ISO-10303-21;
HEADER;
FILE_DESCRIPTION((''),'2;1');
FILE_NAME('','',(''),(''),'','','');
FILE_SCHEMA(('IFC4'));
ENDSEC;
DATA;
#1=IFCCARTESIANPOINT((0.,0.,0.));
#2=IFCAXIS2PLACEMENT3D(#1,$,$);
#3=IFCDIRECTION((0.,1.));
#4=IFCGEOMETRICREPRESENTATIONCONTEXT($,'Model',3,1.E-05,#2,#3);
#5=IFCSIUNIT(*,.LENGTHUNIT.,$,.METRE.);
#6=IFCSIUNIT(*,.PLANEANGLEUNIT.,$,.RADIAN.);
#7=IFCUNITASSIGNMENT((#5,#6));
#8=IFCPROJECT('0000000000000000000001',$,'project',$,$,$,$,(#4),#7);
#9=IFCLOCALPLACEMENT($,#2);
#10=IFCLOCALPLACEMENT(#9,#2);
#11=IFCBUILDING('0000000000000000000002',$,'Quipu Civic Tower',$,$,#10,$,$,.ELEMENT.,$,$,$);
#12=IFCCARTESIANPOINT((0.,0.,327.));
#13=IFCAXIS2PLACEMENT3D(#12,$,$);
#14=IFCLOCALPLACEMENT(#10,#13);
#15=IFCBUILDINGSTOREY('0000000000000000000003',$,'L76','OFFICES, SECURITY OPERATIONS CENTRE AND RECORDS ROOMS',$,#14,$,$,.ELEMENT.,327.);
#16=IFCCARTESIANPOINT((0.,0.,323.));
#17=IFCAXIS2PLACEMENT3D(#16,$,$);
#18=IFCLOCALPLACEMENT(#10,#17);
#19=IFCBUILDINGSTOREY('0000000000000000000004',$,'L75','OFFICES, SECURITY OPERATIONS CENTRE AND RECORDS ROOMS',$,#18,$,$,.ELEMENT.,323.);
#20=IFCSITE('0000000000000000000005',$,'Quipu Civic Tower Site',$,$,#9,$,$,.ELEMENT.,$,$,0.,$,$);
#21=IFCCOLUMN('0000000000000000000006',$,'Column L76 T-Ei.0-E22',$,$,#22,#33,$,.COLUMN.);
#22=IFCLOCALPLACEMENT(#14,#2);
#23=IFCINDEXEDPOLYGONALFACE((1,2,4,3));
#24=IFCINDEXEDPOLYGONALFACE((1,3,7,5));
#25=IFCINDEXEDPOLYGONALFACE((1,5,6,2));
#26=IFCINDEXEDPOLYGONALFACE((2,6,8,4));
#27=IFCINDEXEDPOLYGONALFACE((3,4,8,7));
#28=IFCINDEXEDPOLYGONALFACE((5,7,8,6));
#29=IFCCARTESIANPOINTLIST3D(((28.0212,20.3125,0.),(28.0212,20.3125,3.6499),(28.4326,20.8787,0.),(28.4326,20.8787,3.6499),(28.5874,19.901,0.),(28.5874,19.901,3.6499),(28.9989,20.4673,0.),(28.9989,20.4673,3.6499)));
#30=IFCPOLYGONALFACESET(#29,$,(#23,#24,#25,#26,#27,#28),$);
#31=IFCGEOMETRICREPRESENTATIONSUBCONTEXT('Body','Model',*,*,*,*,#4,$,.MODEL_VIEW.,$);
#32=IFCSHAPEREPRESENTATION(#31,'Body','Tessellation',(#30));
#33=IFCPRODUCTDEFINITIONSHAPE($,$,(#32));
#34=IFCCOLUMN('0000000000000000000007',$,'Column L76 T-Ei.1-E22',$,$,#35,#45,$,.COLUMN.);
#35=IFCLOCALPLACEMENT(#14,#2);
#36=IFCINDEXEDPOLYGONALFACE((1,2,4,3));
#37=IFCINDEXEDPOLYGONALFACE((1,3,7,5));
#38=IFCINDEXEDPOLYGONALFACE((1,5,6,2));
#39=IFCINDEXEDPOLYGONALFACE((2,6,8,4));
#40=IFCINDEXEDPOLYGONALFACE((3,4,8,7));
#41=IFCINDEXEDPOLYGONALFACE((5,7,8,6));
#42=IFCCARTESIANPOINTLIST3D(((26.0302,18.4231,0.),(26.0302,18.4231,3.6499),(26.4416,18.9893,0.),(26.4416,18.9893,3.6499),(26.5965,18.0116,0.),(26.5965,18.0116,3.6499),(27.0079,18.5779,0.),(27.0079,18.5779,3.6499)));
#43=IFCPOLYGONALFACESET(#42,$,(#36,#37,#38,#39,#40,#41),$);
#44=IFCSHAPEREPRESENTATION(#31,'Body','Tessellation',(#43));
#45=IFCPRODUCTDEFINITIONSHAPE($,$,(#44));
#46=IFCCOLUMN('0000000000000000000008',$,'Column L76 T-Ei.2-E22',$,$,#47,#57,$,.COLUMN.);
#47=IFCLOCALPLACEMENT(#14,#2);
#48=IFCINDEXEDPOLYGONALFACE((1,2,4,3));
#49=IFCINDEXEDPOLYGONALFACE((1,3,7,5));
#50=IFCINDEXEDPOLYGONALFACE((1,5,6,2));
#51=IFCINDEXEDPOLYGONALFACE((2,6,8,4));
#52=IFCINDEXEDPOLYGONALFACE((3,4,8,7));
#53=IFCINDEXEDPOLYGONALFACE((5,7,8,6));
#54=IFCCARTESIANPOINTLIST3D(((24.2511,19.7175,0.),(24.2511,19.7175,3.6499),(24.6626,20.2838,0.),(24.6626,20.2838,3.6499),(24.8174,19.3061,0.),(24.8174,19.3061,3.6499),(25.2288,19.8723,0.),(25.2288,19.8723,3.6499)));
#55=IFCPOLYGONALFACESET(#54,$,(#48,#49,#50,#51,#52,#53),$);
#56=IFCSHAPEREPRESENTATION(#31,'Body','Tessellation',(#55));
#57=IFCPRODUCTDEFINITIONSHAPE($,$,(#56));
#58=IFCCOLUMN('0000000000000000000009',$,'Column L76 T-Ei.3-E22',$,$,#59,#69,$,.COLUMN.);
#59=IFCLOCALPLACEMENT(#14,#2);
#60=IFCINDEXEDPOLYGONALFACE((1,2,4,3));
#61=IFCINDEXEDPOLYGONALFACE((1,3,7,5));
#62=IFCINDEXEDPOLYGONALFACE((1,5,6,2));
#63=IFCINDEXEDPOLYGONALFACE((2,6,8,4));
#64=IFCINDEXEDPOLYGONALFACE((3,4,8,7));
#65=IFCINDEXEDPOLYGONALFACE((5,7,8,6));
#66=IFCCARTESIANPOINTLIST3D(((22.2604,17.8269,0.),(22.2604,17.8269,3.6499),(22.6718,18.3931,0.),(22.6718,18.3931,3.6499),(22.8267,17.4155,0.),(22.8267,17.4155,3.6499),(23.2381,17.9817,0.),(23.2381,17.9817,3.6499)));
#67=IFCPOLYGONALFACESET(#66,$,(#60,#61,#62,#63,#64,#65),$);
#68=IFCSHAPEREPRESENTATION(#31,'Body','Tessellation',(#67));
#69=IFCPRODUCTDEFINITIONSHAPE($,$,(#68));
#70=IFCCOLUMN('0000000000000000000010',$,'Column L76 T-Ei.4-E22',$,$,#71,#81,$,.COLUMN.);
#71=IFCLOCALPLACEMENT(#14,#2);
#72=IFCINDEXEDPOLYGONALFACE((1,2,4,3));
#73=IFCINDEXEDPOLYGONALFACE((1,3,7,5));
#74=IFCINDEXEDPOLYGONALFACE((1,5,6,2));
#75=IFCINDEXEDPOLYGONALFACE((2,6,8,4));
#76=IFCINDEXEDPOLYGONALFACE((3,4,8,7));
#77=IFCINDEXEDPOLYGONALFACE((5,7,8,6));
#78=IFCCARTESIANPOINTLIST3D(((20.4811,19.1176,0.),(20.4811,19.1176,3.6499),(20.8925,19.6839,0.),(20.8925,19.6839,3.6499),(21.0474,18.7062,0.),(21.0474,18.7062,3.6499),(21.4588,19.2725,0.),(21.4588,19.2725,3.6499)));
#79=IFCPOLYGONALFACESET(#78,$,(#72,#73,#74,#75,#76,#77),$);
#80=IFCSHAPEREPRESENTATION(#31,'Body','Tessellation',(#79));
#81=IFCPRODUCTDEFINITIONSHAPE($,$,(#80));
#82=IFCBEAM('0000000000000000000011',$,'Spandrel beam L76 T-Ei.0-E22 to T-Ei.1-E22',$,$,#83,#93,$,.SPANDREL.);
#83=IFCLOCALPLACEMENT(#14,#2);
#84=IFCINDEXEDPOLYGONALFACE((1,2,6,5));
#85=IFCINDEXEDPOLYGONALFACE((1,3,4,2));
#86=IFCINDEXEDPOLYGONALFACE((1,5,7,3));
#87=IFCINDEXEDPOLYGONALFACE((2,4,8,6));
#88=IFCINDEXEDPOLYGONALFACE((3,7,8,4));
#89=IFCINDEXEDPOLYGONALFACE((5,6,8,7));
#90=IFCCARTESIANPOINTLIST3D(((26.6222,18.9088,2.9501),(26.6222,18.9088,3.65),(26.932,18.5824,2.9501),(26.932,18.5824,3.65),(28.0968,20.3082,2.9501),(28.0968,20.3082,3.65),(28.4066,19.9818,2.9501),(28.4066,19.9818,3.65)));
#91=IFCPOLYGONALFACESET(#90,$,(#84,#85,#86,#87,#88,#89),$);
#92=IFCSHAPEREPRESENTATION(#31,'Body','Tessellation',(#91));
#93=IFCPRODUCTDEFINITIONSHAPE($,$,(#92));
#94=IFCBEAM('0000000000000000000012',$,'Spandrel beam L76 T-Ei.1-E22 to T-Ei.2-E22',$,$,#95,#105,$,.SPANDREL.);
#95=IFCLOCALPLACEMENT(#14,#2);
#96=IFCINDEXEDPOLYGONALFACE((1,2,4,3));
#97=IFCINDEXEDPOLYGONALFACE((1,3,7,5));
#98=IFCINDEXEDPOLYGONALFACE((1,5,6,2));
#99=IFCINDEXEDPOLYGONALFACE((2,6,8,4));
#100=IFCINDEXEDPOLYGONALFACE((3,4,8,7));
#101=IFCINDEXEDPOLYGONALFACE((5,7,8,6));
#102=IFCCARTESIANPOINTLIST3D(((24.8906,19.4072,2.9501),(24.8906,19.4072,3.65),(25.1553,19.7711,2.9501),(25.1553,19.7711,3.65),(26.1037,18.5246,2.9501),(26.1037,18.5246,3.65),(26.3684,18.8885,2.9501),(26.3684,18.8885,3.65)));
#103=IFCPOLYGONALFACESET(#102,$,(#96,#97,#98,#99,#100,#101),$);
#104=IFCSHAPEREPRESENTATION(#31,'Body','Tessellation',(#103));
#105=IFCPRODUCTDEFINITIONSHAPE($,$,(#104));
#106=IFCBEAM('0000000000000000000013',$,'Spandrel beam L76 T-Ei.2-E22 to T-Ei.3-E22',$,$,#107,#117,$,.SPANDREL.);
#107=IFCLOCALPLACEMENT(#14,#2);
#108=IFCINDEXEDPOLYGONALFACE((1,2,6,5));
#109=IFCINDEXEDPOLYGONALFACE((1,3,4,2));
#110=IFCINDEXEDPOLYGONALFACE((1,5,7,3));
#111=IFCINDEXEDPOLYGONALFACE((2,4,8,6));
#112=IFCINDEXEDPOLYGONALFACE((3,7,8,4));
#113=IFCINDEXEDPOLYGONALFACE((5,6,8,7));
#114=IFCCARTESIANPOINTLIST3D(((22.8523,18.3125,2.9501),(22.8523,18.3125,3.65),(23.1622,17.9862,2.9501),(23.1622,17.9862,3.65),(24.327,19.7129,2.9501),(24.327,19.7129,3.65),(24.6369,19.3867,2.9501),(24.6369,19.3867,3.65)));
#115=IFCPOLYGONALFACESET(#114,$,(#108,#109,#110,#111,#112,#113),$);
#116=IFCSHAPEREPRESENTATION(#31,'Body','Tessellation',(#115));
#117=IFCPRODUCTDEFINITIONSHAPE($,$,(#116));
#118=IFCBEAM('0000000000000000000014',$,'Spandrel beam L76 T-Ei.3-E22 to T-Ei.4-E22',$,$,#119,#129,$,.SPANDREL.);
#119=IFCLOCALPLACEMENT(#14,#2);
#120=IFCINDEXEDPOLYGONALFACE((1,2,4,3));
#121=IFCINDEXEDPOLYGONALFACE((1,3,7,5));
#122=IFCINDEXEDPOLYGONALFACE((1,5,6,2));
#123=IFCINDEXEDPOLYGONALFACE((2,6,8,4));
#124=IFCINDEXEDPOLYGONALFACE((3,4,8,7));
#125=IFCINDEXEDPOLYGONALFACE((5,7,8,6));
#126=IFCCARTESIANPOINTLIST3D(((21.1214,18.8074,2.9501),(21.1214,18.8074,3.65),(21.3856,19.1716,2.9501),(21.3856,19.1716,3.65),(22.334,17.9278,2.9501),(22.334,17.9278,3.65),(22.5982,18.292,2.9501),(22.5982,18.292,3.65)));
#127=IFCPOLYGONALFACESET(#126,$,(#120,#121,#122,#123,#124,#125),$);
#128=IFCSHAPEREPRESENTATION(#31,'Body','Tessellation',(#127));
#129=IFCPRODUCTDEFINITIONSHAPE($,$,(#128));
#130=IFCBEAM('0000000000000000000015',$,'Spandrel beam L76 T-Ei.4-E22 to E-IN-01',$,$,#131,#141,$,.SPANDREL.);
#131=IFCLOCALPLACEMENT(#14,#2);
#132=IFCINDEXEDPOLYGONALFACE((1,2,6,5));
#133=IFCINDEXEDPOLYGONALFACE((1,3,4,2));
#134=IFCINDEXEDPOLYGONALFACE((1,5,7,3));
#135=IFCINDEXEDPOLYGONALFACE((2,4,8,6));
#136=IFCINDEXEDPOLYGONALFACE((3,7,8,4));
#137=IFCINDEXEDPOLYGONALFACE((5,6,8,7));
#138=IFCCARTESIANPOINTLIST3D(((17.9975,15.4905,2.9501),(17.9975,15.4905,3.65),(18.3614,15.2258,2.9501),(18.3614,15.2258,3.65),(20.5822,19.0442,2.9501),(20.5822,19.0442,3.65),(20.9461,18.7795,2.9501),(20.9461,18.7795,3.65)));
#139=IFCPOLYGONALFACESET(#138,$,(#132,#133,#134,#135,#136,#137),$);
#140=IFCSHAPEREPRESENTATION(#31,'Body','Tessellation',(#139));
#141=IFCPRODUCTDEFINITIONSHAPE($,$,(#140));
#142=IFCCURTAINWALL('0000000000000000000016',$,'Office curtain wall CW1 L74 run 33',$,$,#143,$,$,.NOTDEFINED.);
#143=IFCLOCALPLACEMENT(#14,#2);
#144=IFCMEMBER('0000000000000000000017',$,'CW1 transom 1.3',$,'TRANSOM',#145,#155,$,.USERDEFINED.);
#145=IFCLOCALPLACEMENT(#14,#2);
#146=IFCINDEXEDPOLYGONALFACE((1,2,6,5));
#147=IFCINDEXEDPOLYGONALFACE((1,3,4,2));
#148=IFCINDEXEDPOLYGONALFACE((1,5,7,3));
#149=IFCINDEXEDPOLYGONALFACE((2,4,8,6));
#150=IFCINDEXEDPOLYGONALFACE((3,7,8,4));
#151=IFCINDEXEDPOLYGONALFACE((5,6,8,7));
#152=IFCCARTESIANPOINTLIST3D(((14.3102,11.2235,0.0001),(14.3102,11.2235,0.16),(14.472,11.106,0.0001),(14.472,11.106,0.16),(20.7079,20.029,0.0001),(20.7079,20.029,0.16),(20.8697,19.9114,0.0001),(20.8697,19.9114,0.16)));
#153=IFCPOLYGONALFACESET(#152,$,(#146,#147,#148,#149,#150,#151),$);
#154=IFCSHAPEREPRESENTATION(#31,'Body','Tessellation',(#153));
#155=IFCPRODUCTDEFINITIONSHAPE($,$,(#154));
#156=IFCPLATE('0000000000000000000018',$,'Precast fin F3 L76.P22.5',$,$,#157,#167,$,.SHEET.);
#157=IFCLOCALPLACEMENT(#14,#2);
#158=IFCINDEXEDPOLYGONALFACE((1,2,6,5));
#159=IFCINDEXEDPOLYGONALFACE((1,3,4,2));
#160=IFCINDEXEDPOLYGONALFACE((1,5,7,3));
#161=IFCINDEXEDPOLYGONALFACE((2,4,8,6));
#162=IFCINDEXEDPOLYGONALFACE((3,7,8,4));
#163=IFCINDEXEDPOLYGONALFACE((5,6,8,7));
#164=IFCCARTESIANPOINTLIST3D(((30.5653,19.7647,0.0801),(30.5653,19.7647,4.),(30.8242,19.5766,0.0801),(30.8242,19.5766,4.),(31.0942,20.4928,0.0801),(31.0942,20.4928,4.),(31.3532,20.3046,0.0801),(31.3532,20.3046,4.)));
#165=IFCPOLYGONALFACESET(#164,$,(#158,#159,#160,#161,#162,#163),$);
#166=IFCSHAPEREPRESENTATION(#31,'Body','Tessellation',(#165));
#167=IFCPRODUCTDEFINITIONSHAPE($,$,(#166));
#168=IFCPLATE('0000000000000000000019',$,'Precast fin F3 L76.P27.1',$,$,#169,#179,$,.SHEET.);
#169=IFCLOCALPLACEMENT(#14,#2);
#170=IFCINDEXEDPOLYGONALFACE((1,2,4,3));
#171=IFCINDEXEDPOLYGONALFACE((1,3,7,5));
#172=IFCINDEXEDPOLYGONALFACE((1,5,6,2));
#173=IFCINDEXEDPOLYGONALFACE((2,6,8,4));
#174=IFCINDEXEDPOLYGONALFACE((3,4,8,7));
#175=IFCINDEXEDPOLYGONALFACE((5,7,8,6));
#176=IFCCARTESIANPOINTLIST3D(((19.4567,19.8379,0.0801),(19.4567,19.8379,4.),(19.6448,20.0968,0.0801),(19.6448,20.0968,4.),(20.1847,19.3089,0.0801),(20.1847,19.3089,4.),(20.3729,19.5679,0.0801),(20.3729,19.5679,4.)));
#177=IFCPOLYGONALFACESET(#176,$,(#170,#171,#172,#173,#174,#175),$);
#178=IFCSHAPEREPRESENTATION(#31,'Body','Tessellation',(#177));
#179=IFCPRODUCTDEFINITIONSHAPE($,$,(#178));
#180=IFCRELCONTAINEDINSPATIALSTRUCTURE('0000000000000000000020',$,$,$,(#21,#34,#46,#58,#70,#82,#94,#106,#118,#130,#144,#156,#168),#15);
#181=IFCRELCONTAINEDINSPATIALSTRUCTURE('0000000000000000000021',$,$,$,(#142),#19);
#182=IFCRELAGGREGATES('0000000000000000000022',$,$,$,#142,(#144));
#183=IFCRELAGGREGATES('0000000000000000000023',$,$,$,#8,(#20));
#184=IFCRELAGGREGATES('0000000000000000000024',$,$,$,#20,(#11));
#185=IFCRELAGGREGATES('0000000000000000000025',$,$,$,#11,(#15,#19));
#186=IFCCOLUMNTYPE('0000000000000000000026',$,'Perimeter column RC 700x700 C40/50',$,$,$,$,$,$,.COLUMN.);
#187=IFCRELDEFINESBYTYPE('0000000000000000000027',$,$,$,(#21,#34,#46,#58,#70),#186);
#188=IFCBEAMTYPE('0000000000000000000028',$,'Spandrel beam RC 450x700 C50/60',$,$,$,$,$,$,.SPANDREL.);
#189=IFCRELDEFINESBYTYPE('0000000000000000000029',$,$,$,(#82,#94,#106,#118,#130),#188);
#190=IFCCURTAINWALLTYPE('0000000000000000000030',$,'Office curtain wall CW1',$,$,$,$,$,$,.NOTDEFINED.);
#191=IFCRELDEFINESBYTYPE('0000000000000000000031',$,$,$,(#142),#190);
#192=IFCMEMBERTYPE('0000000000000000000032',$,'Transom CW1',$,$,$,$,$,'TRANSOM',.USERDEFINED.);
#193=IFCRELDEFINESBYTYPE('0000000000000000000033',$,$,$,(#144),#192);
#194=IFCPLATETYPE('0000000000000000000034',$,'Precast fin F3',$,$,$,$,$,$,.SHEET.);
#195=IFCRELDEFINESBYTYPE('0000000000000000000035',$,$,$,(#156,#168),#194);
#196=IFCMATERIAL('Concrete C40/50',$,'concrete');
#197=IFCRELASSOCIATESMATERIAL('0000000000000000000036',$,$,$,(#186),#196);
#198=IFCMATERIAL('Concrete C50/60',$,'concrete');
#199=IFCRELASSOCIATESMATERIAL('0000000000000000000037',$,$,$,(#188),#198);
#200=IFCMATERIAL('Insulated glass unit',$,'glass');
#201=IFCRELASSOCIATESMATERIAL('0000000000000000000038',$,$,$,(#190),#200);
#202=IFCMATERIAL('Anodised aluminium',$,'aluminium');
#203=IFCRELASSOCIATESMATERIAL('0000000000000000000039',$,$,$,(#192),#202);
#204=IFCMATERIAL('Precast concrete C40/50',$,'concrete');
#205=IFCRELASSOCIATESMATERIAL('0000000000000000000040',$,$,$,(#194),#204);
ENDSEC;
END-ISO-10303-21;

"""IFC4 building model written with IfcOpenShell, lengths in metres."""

from ifc_helpers import new_model, si_unit, direction, frame, origin, origin_2d, place, context, subcontext, project, spatial, rectangle, extrude, material, material_profile, profile_set, type_object, element, aggregate, save


model = new_model("IFC4")

# Units and contexts
model_context = context("Model", 3, precision=1e-05, world=origin(), true_north=direction((0.0, 1.0)))
body_context = subcontext(model_context, "Body", "Model", "MODEL_VIEW")
ifc_project = project(units=[si_unit("LENGTHUNIT", "METRE"), si_unit("PLANEANGLEUNIT", "RADIAN")], contexts=[model_context])

# Site, building, storey
site_placement = place(None, origin())
site = spatial("IfcSite", under=ifc_project, at=site_placement, Name="Quipu Civic Tower Site", CompositionType="ELEMENT", RefElevation=0.0)
building_placement = place(site_placement, origin())
building = spatial("IfcBuilding", under=site, at=building_placement, Name="Quipu Civic Tower", CompositionType="ELEMENT")
storey_1_placement = place(building_placement, frame((0.0, 0.0, 327.0)))
storey_1 = spatial("IfcBuildingStorey", under=building, at=storey_1_placement, Name="L76", Description="OFFICES, SECURITY OPERATIONS CENTRE AND RECORDS ROOMS", CompositionType="ELEMENT", Elevation=327.0)

# Columns
ifc_material_1 = material(Name="Concrete C40/50", Category="concrete")
ifc_material_profile_1 = material_profile(ifc_material_1, rectangle(XDim=0.7, YDim=0.7, at=origin_2d()), Name="RC700x700")
ifc_profile_set_1 = profile_set([ifc_material_profile_1], Name="Concrete C40/50")
column_type = type_object("IfcColumnType", Name="Perimeter column RC 700x700 C40/50", PredefinedType="COLUMN", material=ifc_profile_set_1)
for number, where, z_axis, x_axis, name in (
    (1, (28.51, 20.3899, 0.0), (0.0, 0.0, 1.0), (-0.587785, -0.809017, 0.0), "Column L76 T-Ei.0-E22"),
    (2, (26.519, 18.5005, 0.0), (0.0, 0.0, 1.0), (-0.809017, 0.587785, 0.0), "Column L76 T-Ei.1-E22"),
    (3, (24.74, 19.7949, 0.0), (0.0, 0.0, 1.0), (-0.587785, -0.809017, 0.0), "Column L76 T-Ei.2-E22"),
    (4, (22.7493, 17.9043, 0.0), (0.0, 0.0, 1.0), (-0.587785, -0.809017, 0.0), "Column L76 T-Ei.3-E22"),
    (5, (20.97, 19.1951, 0.0), (0.0, 0.0, 1.0), (-0.587785, -0.809017, 0.0), "Column L76 T-Ei.4-E22"),
):
    element("IfcColumn", number, at=place(storey_1_placement, frame(where, z_axis=z_axis, x_axis=x_axis)), inside=storey_1, type_object=column_type, Name=name, PredefinedType="COLUMN", context=body_context, shape_type="SweptSolid", body=[
        extrude(rectangle(XDim=0.7, YDim=0.7, at=origin_2d()), origin(), (0.0, 0.0, 1.0), 3.6499),
    ])

# Beams
ifc_material_2 = material(Name="Concrete C50/60", Category="concrete")
ifc_material_profile_2 = material_profile(ifc_material_2, rectangle(XDim=0.45, YDim=0.7, at=origin_2d()), Name="RC450x700")
ifc_profile_set_2 = profile_set([ifc_material_profile_2], Name="Concrete C50/60")
beam_type = type_object("IfcBeamType", Name="Spandrel beam RC 450x700 C50/60", PredefinedType="SPANDREL", material=ifc_profile_set_2)
beam_1_placement = place(storey_1_placement, frame((28.2517, 20.145, 3.3), z_axis=(-0.725359, -0.688371, 0.0), x_axis=(0.688371, -0.725359, 0.0)))
element("IfcBeam", 6, at=beam_1_placement, inside=storey_1, type_object=beam_type, Name="Spandrel beam L76 T-Ei.0-E22 to T-Ei.1-E22", PredefinedType="SPANDREL", context=body_context, shape_type="SweptSolid", body=[
    extrude(rectangle(XDim=0.45, YDim=0.7, at=origin_2d()), origin(), (0.0, 0.0, 1.0), 2.033),
])
beam_2_placement = place(storey_1_placement, frame((26.2361, 18.7065, 3.3), z_axis=(-0.808645, 0.588297, 0.0), x_axis=(-0.588297, -0.808645, 0.0)))
element("IfcBeam", 7, at=beam_2_placement, inside=storey_1, type_object=beam_type, Name="Spandrel beam L76 T-Ei.1-E22 to T-Ei.2-E22", PredefinedType="SPANDREL", context=body_context, shape_type="SweptSolid", body=[
    extrude(rectangle(XDim=0.45, YDim=0.7, at=origin_2d()), origin(), (0.0, 0.0, 1.0), 1.5002),
])
beam_3_placement = place(storey_1_placement, frame((24.4819, 19.5498, 3.3), z_axis=(-0.725119, -0.688623, 0.0), x_axis=(0.688623, -0.725119, 0.0)))
element("IfcBeam", 8, at=beam_3_placement, inside=storey_1, type_object=beam_type, Name="Spandrel beam L76 T-Ei.2-E22 to T-Ei.3-E22", PredefinedType="SPANDREL", context=body_context, shape_type="SweptSolid", body=[
    extrude(rectangle(XDim=0.45, YDim=0.7, at=origin_2d()), origin(), (0.0, 0.0, 1.0), 2.0337),
])
beam_4_placement = place(storey_1_placement, frame((22.4661, 18.1099, 3.3), z_axis=(-0.809461, 0.587173, 0.0), x_axis=(-0.587173, -0.809461, 0.0)))
element("IfcBeam", 9, at=beam_4_placement, inside=storey_1, type_object=beam_type, Name="Spandrel beam L76 T-Ei.3-E22 to T-Ei.4-E22", PredefinedType="SPANDREL", context=body_context, shape_type="SweptSolid", body=[
    extrude(rectangle(XDim=0.45, YDim=0.7, at=origin_2d()), origin(), (0.0, 0.0, 1.0), 1.498),
])
beam_5_placement = place(storey_1_placement, frame((20.7642, 18.9119, 3.3), z_axis=(-0.588201, -0.808714, 0.0), x_axis=(0.808714, -0.588201, 0.0)))
element("IfcBeam", 10, at=beam_5_placement, inside=storey_1, type_object=beam_type, Name="Spandrel beam L76 T-Ei.4-E22 to E-IN-01", PredefinedType="SPANDREL", context=body_context, shape_type="SweptSolid", body=[
    extrude(rectangle(XDim=0.45, YDim=0.7, at=origin_2d()), origin(), (0.0, 0.0, 1.0), 4.3943),
])

# Shared definitions
storey_2_placement = place(building_placement, frame((0.0, 0.0, 323.0)))
storey_2 = spatial("IfcBuildingStorey", under=building, at=storey_2_placement, Name="L75", Description="OFFICES, SECURITY OPERATIONS CENTRE AND RECORDS ROOMS", CompositionType="ELEMENT", Elevation=323.0)

# Curtain wall, member
ifc_material_3 = material(Name="Insulated glass unit", Category="glass")
curtain_wall_type = type_object("IfcCurtainWallType", Name="Office curtain wall CW1", PredefinedType="NOTDEFINED", material=ifc_material_3)
curtain_wall_placement = place(storey_2_placement, origin())
curtain_wall = element("IfcCurtainWall", 11, at=curtain_wall_placement, inside=storey_2, type_object=curtain_wall_type, Name="Office curtain wall CW1 L74 run 33", PredefinedType="NOTDEFINED")
ifc_material_4 = material(Name="Anodised aluminium", Category="aluminium")
ifc_material_profile_3 = material_profile(ifc_material_4, rectangle(XDim=0.2, YDim=0.1599, at=origin_2d()), Name="RECT 200x160")
ifc_profile_set_3 = profile_set([ifc_material_profile_3], Name="Anodised aluminium")
member_type = type_object("IfcMemberType", Name="Transom CW1", ElementType="TRANSOM", PredefinedType="USERDEFINED", material=ifc_profile_set_3)
member_placement = place(storey_1_placement, frame((20.7888, 19.9702, 0.0801), z_axis=(-0.587797, -0.809009, 0.0), x_axis=(0.809009, -0.587797, 0.0)))
member = element("IfcMember", 12, at=member_placement, inside=storey_1, type_object=member_type, Name="CW1 transom 1.3", ObjectType="TRANSOM", PredefinedType="USERDEFINED", context=body_context, shape_type="SweptSolid", body=[
    extrude(rectangle(XDim=0.2, YDim=0.1599, at=origin_2d()), origin(), (0.0, 0.0, 1.0), 10.8843),
])
aggregate(curtain_wall, [member])

# Plates
ifc_material_5 = material(Name="Precast concrete C40/50", Category="concrete")
plate_type = type_object("IfcPlateType", Name="Precast fin F3", PredefinedType="SHEET", material=ifc_material_5)
for number, where, z_axis, x_axis, name in (
    (13, (30.9592, 20.0347, 0.0801), (0.0, 0.0, 1.0), (-0.809017, 0.587785, 0.0), "Precast fin F3 L76.P22.5"),
    (14, (19.9148, 19.7029, 0.0801), (0.0, 0.0, 1.0), (-0.587784, -0.809018, 0.0), "Precast fin F3 L76.P27.1"),
):
    element("IfcPlate", number, at=place(storey_1_placement, frame(where, z_axis=z_axis, x_axis=x_axis)), inside=storey_1, type_object=plate_type, Name=name, PredefinedType="SHEET", context=body_context, shape_type="SweptSolid", body=[
        extrude(rectangle(XDim=0.3201, YDim=0.8999, at=origin_2d()), origin(), (0.0, 0.0, 1.0), 3.9199),
    ])

save(model, "model.ifc")
